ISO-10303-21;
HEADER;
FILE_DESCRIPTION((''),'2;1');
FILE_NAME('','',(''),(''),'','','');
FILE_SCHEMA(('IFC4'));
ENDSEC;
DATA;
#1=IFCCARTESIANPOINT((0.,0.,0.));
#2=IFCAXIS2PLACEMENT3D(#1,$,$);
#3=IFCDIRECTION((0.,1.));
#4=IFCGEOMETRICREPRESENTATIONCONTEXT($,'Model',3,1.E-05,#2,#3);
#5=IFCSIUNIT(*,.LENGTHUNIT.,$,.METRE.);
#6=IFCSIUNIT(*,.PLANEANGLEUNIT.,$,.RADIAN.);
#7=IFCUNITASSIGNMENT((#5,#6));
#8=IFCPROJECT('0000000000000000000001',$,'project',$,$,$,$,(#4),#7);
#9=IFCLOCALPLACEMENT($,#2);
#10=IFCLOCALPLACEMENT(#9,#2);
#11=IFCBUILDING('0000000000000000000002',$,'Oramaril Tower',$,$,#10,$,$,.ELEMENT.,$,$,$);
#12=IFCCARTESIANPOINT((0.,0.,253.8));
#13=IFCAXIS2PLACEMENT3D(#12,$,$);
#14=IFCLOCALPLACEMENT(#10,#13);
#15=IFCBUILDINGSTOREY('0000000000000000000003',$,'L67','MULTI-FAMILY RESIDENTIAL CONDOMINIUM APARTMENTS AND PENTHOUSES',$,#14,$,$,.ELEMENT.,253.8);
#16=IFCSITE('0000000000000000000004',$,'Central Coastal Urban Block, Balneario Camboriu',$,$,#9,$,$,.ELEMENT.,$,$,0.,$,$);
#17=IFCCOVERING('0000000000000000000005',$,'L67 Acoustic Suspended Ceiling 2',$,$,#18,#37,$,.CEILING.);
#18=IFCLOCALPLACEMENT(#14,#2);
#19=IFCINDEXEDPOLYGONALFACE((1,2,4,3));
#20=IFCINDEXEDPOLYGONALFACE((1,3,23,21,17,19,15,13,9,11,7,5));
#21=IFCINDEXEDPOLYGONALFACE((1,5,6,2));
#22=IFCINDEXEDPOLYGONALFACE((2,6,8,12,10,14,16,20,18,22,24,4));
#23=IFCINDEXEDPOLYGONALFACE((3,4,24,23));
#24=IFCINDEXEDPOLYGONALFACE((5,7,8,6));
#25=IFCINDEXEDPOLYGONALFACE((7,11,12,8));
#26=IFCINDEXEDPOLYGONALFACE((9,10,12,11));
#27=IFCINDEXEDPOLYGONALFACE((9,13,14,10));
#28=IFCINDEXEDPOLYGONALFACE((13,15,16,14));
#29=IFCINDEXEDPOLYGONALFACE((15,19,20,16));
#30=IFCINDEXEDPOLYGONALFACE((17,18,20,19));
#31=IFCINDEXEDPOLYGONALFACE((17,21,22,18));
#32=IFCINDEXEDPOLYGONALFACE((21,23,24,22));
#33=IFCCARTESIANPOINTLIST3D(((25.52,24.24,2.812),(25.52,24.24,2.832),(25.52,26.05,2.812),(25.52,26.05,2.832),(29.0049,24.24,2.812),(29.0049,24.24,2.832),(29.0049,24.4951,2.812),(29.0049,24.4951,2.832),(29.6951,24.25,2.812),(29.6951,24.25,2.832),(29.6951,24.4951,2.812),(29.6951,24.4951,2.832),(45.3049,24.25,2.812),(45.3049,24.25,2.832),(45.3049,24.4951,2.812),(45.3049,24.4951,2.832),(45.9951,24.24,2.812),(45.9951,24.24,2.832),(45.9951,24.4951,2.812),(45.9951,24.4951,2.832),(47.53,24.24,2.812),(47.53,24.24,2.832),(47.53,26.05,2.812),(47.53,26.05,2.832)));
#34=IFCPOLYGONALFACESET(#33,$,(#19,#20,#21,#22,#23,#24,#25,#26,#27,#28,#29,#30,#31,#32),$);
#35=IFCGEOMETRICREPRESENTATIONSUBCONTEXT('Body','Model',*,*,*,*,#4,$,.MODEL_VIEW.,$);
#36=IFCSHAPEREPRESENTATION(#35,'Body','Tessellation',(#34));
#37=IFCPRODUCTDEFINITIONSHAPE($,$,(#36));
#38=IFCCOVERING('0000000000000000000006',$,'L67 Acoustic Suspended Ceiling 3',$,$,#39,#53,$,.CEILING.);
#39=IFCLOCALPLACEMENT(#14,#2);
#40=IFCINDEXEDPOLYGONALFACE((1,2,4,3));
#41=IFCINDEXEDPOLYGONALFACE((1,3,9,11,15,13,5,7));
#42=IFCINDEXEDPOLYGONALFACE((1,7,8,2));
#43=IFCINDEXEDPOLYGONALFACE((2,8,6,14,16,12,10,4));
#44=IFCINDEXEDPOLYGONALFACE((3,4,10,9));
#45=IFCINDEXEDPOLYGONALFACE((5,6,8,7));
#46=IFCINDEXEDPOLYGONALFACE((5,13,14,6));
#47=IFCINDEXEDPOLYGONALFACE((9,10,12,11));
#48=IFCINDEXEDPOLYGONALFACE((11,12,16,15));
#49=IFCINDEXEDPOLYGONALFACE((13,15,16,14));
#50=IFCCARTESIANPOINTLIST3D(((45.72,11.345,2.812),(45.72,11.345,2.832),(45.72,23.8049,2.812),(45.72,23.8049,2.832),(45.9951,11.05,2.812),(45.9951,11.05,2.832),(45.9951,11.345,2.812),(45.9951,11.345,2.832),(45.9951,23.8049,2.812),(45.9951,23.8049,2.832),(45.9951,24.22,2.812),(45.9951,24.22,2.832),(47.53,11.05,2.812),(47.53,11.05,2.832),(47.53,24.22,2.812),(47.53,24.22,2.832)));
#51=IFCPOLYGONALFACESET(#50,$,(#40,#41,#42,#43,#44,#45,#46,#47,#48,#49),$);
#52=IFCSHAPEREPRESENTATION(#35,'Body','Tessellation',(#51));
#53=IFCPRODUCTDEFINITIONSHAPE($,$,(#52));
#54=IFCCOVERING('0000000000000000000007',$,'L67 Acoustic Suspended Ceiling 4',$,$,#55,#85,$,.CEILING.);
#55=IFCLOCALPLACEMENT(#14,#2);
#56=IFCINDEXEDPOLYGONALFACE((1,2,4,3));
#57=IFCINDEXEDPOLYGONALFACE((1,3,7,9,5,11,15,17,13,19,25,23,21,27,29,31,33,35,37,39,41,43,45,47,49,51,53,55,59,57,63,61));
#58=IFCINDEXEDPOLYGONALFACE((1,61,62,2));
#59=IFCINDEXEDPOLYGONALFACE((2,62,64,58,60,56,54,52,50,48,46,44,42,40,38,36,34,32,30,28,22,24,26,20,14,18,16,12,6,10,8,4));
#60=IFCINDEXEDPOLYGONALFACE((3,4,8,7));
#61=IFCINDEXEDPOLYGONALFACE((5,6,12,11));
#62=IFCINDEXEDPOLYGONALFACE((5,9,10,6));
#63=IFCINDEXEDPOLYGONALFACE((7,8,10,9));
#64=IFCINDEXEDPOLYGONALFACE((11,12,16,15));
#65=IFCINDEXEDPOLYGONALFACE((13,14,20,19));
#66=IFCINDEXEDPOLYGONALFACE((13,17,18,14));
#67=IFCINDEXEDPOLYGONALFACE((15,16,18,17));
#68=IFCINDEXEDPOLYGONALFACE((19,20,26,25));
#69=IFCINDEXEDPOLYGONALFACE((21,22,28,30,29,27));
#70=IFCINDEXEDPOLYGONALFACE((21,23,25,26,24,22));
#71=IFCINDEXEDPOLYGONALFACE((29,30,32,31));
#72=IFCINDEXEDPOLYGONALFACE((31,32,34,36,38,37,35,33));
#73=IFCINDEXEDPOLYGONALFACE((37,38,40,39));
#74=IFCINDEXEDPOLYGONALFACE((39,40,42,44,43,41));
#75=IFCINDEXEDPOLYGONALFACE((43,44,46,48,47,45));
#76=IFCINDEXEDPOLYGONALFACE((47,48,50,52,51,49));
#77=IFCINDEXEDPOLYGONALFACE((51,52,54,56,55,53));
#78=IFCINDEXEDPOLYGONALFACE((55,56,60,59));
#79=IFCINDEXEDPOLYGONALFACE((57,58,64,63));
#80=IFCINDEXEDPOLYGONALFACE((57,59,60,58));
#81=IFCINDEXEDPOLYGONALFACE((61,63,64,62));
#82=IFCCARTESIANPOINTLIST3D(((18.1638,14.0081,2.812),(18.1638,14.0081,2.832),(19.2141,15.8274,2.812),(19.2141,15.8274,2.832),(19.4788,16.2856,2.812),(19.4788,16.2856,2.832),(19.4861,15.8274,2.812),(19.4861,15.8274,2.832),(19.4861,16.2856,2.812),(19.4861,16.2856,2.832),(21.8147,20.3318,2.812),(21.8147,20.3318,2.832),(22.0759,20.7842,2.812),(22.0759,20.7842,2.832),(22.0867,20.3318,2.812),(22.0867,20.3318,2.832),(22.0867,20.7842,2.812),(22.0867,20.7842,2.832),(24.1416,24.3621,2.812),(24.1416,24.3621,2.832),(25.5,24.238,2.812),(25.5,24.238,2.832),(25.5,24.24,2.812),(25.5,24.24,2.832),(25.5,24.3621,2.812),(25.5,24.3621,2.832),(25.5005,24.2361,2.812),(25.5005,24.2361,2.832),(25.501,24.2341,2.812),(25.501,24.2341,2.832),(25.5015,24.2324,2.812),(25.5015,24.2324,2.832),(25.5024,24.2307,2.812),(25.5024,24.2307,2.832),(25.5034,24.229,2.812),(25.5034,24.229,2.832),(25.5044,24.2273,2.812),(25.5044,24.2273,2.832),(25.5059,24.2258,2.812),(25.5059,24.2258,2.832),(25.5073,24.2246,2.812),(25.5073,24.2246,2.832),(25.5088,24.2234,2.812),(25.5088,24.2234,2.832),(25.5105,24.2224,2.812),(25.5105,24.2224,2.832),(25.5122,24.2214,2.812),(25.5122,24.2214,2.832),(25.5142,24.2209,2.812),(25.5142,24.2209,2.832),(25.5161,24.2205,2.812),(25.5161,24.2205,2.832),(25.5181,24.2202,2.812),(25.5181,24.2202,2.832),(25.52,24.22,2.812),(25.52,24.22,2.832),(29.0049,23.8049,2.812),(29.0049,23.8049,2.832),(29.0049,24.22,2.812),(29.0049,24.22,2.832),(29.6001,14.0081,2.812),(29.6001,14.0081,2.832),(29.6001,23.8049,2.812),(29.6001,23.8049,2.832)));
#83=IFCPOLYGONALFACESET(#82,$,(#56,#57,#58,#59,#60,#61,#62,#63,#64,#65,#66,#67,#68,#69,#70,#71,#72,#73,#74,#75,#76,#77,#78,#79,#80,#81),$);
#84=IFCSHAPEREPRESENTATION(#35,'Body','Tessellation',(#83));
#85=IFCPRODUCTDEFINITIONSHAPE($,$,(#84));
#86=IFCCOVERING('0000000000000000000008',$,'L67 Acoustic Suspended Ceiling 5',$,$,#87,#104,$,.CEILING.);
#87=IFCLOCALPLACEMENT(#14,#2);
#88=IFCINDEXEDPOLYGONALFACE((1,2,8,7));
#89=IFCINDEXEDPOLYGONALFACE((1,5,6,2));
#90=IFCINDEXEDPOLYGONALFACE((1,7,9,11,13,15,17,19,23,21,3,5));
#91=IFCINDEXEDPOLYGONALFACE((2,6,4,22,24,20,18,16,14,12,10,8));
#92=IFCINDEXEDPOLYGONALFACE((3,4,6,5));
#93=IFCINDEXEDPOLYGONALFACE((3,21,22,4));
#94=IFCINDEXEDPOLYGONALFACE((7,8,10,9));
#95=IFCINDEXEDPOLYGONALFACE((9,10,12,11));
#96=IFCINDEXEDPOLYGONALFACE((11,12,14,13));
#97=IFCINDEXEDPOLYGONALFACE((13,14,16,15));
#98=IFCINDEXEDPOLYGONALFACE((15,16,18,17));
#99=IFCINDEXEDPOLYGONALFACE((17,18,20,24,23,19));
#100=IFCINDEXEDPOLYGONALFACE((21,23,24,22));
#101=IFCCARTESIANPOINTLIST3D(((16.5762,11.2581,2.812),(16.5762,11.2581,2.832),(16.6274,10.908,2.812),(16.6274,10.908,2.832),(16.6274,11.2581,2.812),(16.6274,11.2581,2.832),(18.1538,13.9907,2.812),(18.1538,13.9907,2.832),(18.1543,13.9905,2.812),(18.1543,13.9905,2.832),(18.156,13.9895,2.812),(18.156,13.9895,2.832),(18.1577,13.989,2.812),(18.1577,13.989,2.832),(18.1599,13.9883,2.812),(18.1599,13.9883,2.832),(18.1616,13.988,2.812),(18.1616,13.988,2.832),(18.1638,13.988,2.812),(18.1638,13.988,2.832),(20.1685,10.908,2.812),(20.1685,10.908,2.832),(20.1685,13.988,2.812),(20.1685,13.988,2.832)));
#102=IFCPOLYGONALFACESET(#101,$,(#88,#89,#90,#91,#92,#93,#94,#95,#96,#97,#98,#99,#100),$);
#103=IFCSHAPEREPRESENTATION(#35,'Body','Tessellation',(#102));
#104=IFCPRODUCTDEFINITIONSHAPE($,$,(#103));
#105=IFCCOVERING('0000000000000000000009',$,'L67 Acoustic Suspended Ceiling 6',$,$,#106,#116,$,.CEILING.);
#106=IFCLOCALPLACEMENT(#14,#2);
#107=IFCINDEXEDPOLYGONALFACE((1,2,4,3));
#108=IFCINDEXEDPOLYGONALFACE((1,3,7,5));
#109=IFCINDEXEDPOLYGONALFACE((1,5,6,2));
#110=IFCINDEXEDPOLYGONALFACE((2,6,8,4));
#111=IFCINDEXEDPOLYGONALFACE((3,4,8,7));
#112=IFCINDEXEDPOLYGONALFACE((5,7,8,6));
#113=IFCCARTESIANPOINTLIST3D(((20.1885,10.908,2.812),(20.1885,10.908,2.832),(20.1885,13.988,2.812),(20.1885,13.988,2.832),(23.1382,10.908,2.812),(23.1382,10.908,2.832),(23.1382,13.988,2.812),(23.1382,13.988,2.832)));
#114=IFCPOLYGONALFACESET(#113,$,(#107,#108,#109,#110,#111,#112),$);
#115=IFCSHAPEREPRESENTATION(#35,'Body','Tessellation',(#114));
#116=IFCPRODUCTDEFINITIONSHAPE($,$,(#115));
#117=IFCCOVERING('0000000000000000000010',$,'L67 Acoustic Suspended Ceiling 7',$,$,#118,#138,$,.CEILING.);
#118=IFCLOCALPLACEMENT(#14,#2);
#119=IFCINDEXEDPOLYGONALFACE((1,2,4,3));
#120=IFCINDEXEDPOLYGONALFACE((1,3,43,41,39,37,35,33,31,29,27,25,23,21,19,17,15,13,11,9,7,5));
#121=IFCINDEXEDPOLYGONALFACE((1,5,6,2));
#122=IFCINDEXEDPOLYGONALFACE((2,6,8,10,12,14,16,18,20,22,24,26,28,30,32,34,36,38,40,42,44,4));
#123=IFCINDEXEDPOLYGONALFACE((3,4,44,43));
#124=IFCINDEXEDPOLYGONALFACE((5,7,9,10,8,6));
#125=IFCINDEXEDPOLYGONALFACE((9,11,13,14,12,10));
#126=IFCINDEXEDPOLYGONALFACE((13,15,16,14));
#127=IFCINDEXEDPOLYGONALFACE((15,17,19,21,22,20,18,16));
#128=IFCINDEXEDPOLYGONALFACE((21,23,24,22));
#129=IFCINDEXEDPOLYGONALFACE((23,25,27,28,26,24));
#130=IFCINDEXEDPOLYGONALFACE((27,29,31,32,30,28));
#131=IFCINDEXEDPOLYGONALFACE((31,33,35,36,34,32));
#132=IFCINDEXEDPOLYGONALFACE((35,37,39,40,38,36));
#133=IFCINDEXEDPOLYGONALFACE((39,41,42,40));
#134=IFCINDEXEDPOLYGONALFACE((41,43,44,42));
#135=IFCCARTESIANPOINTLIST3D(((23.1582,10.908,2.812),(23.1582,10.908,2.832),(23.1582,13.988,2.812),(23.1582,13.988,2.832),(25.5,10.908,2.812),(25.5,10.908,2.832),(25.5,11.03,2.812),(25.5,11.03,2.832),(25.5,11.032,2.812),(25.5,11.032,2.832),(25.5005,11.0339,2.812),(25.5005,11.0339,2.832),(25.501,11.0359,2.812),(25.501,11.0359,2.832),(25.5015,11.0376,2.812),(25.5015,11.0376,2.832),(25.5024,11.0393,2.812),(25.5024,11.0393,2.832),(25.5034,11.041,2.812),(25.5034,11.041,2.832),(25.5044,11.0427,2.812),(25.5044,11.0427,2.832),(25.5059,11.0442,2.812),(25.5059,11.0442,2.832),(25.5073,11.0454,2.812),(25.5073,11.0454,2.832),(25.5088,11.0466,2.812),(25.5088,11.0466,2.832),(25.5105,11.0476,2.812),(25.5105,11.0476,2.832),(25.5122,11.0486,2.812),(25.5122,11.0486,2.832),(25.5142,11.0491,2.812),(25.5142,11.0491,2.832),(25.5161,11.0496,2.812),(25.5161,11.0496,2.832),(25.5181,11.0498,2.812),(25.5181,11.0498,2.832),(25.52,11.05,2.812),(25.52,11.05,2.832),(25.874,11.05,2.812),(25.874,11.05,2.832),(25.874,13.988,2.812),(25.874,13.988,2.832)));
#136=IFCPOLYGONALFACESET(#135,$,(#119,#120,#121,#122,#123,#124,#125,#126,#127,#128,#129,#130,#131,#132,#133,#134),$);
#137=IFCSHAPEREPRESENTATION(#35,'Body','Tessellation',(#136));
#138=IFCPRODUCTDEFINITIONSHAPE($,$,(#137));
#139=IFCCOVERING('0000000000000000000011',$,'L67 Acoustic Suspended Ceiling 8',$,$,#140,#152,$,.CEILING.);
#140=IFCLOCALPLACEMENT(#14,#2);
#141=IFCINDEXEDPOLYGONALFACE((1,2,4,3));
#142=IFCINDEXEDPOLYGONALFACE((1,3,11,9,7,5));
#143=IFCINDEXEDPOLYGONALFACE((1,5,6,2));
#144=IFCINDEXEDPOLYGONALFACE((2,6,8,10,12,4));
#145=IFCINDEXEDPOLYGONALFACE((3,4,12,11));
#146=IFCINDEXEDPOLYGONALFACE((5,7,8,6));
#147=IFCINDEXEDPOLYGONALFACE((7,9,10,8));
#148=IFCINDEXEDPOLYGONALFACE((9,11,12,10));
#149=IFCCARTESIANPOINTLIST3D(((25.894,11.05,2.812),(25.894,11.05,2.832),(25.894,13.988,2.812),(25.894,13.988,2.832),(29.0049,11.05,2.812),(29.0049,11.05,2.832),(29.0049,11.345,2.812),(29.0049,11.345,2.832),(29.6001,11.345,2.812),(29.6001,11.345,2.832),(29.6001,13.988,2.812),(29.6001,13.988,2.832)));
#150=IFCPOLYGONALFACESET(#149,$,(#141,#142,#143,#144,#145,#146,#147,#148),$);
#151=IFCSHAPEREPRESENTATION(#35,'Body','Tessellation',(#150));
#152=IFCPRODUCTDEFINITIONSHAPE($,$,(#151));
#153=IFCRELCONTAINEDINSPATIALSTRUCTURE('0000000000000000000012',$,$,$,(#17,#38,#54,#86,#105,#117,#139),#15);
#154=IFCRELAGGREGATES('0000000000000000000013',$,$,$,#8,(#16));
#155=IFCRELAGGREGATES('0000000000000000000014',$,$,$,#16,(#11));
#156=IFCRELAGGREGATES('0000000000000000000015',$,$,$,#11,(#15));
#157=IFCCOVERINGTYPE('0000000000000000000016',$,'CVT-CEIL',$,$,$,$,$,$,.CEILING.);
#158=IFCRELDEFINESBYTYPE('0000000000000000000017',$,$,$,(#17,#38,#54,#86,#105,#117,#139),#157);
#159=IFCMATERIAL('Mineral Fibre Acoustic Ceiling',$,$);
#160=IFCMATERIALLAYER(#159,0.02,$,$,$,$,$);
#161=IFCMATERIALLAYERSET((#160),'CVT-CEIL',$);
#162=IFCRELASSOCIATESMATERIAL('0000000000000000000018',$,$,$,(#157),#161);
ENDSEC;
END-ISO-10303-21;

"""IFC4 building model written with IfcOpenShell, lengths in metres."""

from ifc_helpers import new_model, si_unit, direction, frame, origin, place, context, subcontext, project, spatial, polyline, outline, extrude, material, layer, layer_set, type_object, element, save


model = new_model("IFC4")

# Units and contexts
model_context = context("Model", 3, precision=1e-05, world=origin(), true_north=direction((0.0, 1.0)))
body_context = subcontext(model_context, "Body", "Model", "MODEL_VIEW")
ifc_project = project(units=[si_unit("LENGTHUNIT", "METRE"), si_unit("PLANEANGLEUNIT", "RADIAN")], contexts=[model_context])

# Site, building, storey
site_placement = place(None, origin())
site = spatial("IfcSite", under=ifc_project, at=site_placement, Name="Central Coastal Urban Block, Balneario Camboriu", CompositionType="ELEMENT", RefElevation=0.0)
building_placement = place(site_placement, origin())
building = spatial("IfcBuilding", under=site, at=building_placement, Name="Oramaril Tower", CompositionType="ELEMENT")
storey_placement = place(building_placement, frame((0.0, 0.0, 253.8)))
storey = spatial("IfcBuildingStorey", under=building, at=storey_placement, Name="L67", Description="MULTI-FAMILY RESIDENTIAL CONDOMINIUM APARTMENTS AND PENTHOUSES", CompositionType="ELEMENT", Elevation=253.8)

# Coverings
ifc_material_1 = material(Name="Mineral Fibre Acoustic Ceiling")
ifc_layer_1 = layer(ifc_material_1, 0.02)
ifc_layer_set_1 = layer_set([ifc_layer_1], Name="CVT-CEIL")
covering_type_1 = type_object("IfcCoveringType", Name="CVT-CEIL", PredefinedType="CEILING", material=ifc_layer_set_1)
covering_1_placement = place(storey_placement, frame((0.0, 0.0, 2.812)))
element("IfcCovering", 1, at=covering_1_placement, inside=storey, type_object=covering_type_1, Name="L67 Acoustic Suspended Ceiling 2", PredefinedType="CEILING", context=body_context, shape_type="SweptSolid", body=[
    extrude(outline(polyline([(47.53, 24.24), (45.9951, 24.24), (45.9951, 24.4951), (45.3049, 24.4951), (45.3049, 24.25), (29.6951, 24.25), (29.6951, 24.4951), (29.0049, 24.4951), (29.0049, 24.24), (25.52, 24.24), (25.52, 26.05), (47.53, 26.05), (47.53, 24.24)])), origin(), (0.0, 0.0, 1.0), 0.02),
])
covering_2_placement = place(storey_placement, frame((0.0, 0.0, 2.812)))
element("IfcCovering", 2, at=covering_2_placement, inside=storey, type_object=covering_type_1, Name="L67 Acoustic Suspended Ceiling 3", PredefinedType="CEILING", context=body_context, shape_type="SweptSolid", body=[
    extrude(outline(polyline([(47.53, 11.05), (45.9951, 11.05), (45.9951, 11.345), (45.72, 11.345), (45.72, 23.8049), (45.9951, 23.8049), (45.9951, 24.22), (47.53, 24.22), (47.53, 11.05)])), origin(), (0.0, 0.0, 1.0), 0.02),
])
covering_3_placement = place(storey_placement, frame((0.0, 0.0, 2.812)))
element("IfcCovering", 3, at=covering_3_placement, inside=storey, type_object=covering_type_1, Name="L67 Acoustic Suspended Ceiling 4", PredefinedType="CEILING", context=body_context, shape_type="SweptSolid", body=[
    extrude(outline(polyline([(19.2141, 15.8274), (19.4861, 15.8274), (19.4861, 16.2856), (19.4788, 16.2856), (21.8147, 20.3318), (22.0867, 20.3318), (22.0867, 20.7842), (22.0759, 20.7842), (24.1416, 24.3621), (25.5, 24.3621), (25.5, 24.24), (25.5, 24.238), (25.5005, 24.2361), (25.501, 24.2341), (25.5015, 24.2324), (25.5024, 24.2307), (25.5034, 24.229), (25.5044, 24.2273), (25.5059, 24.2258), (25.5073, 24.2246), (25.5088, 24.2234), (25.5105, 24.2224), (25.5122, 24.2214), (25.5142, 24.2209), (25.5161, 24.2205), (25.5181, 24.2202), (25.52, 24.22), (29.0049, 24.22), (29.0049, 23.8049), (29.6001, 23.8049), (29.6001, 14.0081), (18.1638, 14.0081), (19.2141, 15.8274)])), origin(), (0.0, 0.0, 1.0), 0.02),
])
covering_4_placement = place(storey_placement, frame((0.0, 0.0, 2.812)))
element("IfcCovering", 4, at=covering_4_placement, inside=storey, type_object=covering_type_1, Name="L67 Acoustic Suspended Ceiling 5", PredefinedType="CEILING", context=body_context, shape_type="SweptSolid", body=[
    extrude(outline(polyline([(20.1685, 10.908), (16.6274, 10.908), (16.6274, 11.2581), (16.5762, 11.2581), (18.1538, 13.9907), (18.1543, 13.9905), (18.156, 13.9895), (18.1577, 13.989), (18.1599, 13.9883), (18.1616, 13.988), (18.1638, 13.988), (20.1685, 13.988), (20.1685, 10.908)])), origin(), (0.0, 0.0, 1.0), 0.02),
])
covering_5_placement = place(storey_placement, frame((0.0, 0.0, 2.812)))
element("IfcCovering", 5, at=covering_5_placement, inside=storey, type_object=covering_type_1, Name="L67 Acoustic Suspended Ceiling 6", PredefinedType="CEILING", context=body_context, shape_type="SweptSolid", body=[
    extrude(outline(polyline([(23.1382, 10.908), (20.1885, 10.908), (20.1885, 13.988), (23.1382, 13.988), (23.1382, 10.908)])), origin(), (0.0, 0.0, 1.0), 0.02),
])
covering_6_placement = place(storey_placement, frame((0.0, 0.0, 2.812)))
element("IfcCovering", 6, at=covering_6_placement, inside=storey, type_object=covering_type_1, Name="L67 Acoustic Suspended Ceiling 7", PredefinedType="CEILING", context=body_context, shape_type="SweptSolid", body=[
    extrude(outline(polyline([(25.874, 11.05), (25.52, 11.05), (25.5181, 11.0498), (25.5161, 11.0496), (25.5142, 11.0491), (25.5122, 11.0486), (25.5105, 11.0476), (25.5088, 11.0466), (25.5073, 11.0454), (25.5059, 11.0442), (25.5044, 11.0427), (25.5034, 11.041), (25.5024, 11.0393), (25.5015, 11.0376), (25.501, 11.0359), (25.5005, 11.0339), (25.5, 11.032), (25.5, 11.03), (25.5, 10.908), (23.1582, 10.908), (23.1582, 13.988), (25.874, 13.988), (25.874, 11.05)])), origin(), (0.0, 0.0, 1.0), 0.02),
])
covering_7_placement = place(storey_placement, frame((0.0, 0.0, 2.812)))
element("IfcCovering", 7, at=covering_7_placement, inside=storey, type_object=covering_type_1, Name="L67 Acoustic Suspended Ceiling 8", PredefinedType="CEILING", context=body_context, shape_type="SweptSolid", body=[
    extrude(outline(polyline([(29.6001, 11.345), (29.0049, 11.345), (29.0049, 11.05), (25.894, 11.05), (25.894, 13.988), (29.6001, 13.988), (29.6001, 11.345)])), origin(), (0.0, 0.0, 1.0), 0.02),
])

save(model, "model.ifc")
